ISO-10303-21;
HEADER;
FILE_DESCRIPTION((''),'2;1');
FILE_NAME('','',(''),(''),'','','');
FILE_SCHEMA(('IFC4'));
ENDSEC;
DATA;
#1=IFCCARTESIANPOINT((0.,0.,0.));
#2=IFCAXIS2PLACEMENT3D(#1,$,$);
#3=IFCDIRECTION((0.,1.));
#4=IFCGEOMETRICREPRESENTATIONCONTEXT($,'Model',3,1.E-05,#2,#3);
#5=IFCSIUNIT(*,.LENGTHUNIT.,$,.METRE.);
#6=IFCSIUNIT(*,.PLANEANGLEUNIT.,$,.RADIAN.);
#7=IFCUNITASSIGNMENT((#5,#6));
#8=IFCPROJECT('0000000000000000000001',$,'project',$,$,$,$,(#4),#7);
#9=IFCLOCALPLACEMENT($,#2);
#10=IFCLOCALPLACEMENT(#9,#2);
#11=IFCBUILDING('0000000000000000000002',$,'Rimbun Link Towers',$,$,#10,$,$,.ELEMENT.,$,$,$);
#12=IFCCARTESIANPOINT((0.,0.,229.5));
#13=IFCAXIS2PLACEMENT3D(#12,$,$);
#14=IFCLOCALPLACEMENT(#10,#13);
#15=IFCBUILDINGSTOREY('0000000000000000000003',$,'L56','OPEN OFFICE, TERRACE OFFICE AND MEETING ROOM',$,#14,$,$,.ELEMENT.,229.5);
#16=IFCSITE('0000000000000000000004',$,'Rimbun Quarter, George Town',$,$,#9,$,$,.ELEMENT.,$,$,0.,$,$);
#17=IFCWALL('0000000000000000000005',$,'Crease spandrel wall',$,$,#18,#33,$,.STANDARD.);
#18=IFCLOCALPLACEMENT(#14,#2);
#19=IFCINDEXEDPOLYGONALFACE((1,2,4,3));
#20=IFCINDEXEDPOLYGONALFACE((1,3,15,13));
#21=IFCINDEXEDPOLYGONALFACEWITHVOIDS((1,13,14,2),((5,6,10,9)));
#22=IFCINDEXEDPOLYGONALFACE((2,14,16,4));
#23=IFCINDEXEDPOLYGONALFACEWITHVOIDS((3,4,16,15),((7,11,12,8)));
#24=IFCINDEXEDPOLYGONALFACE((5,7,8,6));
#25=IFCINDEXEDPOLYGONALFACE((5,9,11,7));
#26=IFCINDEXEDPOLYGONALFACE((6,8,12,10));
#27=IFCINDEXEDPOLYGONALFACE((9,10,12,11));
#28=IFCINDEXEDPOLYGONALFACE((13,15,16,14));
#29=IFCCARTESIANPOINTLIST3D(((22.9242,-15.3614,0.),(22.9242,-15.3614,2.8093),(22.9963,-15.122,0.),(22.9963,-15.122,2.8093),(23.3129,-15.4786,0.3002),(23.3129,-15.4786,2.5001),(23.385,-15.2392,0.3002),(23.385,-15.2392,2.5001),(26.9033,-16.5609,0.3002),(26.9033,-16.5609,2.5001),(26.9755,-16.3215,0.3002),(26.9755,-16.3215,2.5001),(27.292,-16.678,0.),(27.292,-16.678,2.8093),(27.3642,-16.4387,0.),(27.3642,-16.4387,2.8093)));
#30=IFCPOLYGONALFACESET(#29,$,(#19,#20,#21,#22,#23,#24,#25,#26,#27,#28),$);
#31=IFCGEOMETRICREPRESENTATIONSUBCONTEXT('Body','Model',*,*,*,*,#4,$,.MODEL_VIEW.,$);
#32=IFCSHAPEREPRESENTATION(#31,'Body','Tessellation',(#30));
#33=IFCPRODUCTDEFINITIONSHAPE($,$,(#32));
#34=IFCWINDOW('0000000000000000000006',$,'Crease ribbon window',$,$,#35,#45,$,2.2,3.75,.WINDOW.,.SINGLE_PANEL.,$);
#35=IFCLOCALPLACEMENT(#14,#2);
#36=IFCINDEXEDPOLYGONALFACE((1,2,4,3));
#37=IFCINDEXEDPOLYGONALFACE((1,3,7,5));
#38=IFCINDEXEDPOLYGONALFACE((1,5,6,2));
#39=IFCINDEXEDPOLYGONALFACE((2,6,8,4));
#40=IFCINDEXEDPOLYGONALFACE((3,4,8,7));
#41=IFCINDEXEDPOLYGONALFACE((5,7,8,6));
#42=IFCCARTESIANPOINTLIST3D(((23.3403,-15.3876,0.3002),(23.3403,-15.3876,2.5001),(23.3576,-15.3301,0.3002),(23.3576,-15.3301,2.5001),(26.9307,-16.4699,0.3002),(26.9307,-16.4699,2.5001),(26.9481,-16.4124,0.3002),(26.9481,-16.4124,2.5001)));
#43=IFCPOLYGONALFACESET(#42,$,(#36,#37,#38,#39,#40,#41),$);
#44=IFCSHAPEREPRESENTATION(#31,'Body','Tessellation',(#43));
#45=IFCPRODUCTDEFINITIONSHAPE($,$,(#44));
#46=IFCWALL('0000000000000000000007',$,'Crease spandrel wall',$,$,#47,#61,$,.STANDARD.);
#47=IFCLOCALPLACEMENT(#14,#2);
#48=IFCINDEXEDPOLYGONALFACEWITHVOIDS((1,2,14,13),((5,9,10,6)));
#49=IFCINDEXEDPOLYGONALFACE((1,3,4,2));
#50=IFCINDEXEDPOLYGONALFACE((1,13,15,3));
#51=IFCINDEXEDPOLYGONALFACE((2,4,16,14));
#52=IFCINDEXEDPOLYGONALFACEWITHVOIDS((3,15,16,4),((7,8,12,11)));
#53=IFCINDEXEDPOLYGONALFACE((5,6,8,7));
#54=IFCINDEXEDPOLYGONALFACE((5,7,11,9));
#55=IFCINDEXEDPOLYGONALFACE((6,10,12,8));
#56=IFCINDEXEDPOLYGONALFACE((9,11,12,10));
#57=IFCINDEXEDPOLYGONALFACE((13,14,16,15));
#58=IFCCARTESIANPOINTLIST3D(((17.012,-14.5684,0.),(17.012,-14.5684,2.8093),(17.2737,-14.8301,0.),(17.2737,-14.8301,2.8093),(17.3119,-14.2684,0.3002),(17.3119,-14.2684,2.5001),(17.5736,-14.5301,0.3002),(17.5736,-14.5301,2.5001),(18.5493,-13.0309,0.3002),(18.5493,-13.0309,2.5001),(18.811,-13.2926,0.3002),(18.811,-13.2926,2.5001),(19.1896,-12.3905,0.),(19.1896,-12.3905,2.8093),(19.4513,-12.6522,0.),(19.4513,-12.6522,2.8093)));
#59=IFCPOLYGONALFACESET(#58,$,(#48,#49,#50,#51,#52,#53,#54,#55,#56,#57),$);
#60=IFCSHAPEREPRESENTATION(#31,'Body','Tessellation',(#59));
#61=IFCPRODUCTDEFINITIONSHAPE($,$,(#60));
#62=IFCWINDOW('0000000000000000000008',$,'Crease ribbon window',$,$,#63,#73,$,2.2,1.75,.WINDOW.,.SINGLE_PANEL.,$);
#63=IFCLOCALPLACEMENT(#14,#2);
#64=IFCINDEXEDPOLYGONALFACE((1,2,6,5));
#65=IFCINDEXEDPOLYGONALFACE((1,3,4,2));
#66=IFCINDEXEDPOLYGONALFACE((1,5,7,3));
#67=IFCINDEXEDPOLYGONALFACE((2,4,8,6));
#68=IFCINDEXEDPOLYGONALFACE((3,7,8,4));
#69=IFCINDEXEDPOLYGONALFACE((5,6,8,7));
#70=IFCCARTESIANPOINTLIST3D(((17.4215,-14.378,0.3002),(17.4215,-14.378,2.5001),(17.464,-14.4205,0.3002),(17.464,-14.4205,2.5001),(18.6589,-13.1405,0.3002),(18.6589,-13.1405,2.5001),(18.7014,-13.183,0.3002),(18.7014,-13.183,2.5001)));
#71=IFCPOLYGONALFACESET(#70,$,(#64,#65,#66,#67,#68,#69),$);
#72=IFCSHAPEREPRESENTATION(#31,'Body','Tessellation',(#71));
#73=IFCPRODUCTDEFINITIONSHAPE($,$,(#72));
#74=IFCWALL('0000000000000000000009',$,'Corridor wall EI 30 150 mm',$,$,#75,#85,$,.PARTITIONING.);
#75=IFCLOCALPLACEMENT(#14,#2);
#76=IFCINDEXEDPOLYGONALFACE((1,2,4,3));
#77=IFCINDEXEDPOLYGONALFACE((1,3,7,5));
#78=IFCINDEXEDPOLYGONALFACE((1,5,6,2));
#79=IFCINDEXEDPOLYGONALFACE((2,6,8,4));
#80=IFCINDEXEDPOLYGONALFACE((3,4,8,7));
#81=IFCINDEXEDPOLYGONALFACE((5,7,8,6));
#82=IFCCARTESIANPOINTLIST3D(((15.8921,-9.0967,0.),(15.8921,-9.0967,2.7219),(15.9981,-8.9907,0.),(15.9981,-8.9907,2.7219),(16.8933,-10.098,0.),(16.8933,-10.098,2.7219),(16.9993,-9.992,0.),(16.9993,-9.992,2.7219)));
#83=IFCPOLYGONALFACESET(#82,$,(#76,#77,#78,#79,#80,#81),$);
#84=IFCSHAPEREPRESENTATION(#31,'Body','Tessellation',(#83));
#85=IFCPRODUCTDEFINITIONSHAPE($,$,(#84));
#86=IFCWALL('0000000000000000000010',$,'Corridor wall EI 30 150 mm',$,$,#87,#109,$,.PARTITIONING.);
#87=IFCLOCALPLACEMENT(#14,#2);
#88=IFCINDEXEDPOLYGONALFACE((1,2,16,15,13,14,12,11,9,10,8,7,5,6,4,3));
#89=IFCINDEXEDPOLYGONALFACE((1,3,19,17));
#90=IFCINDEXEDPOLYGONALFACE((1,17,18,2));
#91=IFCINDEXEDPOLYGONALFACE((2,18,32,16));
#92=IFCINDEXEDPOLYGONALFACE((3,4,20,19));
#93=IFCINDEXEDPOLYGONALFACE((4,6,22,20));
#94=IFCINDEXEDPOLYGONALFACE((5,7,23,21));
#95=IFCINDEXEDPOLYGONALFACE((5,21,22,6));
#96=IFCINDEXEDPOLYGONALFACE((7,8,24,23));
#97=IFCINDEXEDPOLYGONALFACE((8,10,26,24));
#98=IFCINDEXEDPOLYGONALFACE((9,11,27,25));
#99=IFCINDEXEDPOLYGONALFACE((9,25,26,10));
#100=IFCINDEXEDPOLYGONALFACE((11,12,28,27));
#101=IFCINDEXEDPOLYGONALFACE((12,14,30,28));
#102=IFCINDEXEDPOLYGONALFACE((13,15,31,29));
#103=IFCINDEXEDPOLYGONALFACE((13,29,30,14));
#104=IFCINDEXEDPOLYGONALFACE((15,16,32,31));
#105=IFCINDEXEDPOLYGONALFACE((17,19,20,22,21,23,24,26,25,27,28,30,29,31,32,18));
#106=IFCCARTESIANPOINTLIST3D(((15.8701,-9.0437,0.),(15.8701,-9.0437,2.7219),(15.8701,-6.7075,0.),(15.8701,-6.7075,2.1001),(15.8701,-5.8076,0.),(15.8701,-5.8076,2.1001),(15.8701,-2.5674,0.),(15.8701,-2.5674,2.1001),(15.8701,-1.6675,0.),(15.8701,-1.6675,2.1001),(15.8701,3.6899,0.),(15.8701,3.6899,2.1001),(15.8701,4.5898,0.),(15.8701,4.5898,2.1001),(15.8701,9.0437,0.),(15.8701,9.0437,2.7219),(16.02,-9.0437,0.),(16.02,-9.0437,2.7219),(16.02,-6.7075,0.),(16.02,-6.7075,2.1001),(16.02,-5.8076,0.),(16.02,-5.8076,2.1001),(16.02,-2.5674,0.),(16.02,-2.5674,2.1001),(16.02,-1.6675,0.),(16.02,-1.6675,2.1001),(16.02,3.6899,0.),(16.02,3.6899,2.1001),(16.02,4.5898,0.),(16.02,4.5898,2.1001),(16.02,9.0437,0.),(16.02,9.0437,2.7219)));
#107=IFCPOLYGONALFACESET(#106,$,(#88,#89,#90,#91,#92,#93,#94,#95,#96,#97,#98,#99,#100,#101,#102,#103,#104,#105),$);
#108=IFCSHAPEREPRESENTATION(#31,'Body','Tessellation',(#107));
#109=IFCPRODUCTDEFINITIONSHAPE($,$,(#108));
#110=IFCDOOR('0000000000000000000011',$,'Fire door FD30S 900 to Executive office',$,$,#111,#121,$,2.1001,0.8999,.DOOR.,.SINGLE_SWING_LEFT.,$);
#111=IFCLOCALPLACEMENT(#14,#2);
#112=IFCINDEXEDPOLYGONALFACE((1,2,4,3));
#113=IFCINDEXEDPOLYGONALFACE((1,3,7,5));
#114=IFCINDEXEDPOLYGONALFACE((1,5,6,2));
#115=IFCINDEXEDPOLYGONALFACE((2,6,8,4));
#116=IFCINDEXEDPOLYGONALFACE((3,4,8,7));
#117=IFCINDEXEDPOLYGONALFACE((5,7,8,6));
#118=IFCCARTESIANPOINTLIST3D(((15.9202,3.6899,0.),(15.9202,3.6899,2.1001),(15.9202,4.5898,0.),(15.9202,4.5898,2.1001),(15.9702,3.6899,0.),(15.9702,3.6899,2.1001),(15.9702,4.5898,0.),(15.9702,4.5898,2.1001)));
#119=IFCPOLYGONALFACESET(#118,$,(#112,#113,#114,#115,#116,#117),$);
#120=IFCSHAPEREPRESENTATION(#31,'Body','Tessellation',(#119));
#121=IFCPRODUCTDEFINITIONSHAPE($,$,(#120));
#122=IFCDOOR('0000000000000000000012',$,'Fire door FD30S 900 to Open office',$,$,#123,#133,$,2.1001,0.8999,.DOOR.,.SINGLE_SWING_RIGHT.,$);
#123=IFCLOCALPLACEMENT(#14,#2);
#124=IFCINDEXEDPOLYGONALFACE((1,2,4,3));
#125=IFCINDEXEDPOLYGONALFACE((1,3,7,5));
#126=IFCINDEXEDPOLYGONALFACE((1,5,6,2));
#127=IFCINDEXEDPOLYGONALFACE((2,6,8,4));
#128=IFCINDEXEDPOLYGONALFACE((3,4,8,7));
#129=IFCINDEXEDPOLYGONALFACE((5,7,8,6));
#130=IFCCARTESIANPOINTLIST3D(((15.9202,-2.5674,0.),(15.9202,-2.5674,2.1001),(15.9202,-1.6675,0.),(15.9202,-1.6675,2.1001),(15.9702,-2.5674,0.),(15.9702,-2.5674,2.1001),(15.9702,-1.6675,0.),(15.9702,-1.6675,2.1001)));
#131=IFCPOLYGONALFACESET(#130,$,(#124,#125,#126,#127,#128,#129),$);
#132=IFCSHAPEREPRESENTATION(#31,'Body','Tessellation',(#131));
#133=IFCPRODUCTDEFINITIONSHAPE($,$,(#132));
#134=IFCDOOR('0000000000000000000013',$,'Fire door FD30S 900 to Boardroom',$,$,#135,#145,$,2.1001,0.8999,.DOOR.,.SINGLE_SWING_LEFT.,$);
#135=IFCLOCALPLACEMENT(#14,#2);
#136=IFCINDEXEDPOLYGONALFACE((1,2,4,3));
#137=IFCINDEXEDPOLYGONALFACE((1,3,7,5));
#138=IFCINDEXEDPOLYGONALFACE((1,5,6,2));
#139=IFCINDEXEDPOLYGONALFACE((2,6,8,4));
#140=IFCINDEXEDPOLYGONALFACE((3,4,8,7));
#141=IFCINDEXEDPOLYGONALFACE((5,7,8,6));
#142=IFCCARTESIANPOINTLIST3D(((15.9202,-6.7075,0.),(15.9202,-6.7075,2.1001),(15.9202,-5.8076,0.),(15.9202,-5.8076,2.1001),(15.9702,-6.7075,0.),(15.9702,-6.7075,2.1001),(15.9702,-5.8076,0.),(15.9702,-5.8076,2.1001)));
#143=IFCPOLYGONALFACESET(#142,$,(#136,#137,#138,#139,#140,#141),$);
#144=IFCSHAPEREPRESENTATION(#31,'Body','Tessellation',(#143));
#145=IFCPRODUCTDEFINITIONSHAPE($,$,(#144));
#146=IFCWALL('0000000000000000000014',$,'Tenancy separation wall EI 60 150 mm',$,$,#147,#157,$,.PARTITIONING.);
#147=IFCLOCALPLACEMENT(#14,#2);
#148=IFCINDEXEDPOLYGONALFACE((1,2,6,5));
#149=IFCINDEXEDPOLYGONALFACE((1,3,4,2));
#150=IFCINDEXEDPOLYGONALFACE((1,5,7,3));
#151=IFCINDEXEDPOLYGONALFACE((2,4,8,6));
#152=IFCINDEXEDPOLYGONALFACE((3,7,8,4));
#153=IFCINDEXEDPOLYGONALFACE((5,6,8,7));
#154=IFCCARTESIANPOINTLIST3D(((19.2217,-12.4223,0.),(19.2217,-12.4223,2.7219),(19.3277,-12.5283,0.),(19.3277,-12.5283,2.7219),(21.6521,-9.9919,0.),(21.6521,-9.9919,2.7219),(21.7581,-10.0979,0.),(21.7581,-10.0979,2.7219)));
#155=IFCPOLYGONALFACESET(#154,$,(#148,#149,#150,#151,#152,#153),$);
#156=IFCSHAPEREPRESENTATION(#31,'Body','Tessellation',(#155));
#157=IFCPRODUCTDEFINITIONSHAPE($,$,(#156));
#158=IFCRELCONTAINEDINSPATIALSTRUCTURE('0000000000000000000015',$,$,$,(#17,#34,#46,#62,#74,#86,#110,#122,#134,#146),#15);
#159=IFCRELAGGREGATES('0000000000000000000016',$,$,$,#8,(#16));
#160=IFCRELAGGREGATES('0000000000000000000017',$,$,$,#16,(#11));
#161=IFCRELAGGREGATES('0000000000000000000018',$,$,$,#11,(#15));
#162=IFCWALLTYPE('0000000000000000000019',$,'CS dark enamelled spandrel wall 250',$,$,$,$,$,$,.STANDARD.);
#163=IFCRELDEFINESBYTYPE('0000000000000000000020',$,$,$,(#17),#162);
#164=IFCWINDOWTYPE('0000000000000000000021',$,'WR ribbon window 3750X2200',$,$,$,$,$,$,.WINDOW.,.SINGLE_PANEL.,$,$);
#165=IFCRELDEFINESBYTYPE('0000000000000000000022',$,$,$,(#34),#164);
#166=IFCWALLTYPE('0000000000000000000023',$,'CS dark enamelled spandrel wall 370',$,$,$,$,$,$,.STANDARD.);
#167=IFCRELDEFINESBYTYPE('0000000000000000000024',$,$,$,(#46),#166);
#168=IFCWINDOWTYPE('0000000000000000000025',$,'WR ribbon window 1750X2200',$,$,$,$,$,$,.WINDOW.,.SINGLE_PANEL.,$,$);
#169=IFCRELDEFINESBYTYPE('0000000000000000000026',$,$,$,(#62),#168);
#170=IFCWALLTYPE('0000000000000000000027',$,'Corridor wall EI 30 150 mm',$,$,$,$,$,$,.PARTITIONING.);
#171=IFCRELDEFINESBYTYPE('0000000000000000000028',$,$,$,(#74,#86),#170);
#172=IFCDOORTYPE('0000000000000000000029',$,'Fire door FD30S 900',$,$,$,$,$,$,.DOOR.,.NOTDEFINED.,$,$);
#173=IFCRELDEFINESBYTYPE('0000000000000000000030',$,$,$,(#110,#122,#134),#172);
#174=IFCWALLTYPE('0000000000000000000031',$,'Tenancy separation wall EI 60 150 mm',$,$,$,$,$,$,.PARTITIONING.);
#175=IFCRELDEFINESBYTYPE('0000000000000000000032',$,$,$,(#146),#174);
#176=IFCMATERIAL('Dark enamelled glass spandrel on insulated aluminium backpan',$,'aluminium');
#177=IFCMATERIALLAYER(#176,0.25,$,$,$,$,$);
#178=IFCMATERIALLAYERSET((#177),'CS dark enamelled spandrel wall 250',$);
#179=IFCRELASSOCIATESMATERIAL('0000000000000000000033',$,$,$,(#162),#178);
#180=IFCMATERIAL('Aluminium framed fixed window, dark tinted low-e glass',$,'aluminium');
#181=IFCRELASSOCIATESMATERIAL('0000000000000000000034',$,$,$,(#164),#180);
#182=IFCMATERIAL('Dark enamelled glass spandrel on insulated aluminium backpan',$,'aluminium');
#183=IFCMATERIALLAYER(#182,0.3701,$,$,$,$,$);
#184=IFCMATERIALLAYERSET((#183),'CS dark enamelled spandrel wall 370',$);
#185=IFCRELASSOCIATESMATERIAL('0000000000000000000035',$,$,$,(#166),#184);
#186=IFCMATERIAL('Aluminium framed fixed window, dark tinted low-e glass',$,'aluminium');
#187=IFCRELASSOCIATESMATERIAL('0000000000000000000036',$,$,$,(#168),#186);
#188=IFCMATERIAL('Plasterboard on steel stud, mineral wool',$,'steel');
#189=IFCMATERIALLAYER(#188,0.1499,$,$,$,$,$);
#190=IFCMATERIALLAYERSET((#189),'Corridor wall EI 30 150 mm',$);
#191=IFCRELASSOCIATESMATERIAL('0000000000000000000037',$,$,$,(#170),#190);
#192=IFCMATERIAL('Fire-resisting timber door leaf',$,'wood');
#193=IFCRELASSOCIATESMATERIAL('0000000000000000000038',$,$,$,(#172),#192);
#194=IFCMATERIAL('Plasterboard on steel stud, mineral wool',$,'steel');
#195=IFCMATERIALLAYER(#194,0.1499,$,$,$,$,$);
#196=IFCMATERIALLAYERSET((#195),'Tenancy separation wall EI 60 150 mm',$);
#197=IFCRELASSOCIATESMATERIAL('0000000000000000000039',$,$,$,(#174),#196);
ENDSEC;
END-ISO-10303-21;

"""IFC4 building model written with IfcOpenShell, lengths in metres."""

from ifc_helpers import new_model, si_unit, direction, frame, frame_2d, origin, place, context, subcontext, project, spatial, rectangle, extrude, material, layer, layer_set, type_object, element, fill, save


model = new_model("IFC4")

# Units and contexts
model_context = context("Model", 3, precision=1e-05, world=origin(), true_north=direction((0.0, 1.0)))
body_context = subcontext(model_context, "Body", "Model", "MODEL_VIEW")
ifc_project = project(units=[si_unit("LENGTHUNIT", "METRE"), si_unit("PLANEANGLEUNIT", "RADIAN")], contexts=[model_context])

# Site, building, storey
site_placement = place(None, origin())
site = spatial("IfcSite", under=ifc_project, at=site_placement, Name="Rimbun Quarter, George Town", CompositionType="ELEMENT", RefElevation=0.0)
building_placement = place(site_placement, origin())
building = spatial("IfcBuilding", under=site, at=building_placement, Name="Rimbun Link Towers", CompositionType="ELEMENT")
storey_placement = place(building_placement, frame((0.0, 0.0, 229.5)))
storey = spatial("IfcBuildingStorey", under=building, at=storey_placement, Name="L56", Description="OPEN OFFICE, TERRACE OFFICE AND MEETING ROOM", CompositionType="ELEMENT", Elevation=229.5)

# Walls, openings, windows
ifc_material_1 = material(Name="Dark enamelled glass spandrel on insulated aluminium backpan", Category="aluminium")
ifc_layer_1 = layer(ifc_material_1, 0.25)
ifc_layer_set_1 = layer_set([ifc_layer_1], Name="CS dark enamelled spandrel wall 250")
wall_type_1 = type_object("IfcWallType", Name="CS dark enamelled spandrel wall 250", PredefinedType="STANDARD", material=ifc_layer_set_1)
wall_1_placement = place(storey_placement, frame((27.3281, -16.5583, 0.0), z_axis=(0.0, 0.0, 1.0), x_axis=(-0.957447, 0.288609, 0.0)))
wall_1 = element("IfcWall", 1, at=wall_1_placement, inside=storey, type_object=wall_type_1, Name="Crease spandrel wall", PredefinedType="STANDARD", context=body_context, shape_type="SweptSolid", body=[
    extrude(rectangle(XDim=4.562, YDim=0.25, at=frame_2d((2.281, 0.0))), origin(), (0.0, 0.0, 1.0), 2.8093),
])
opening_1_placement = place(wall_1_placement, frame((0.406, 0.0, 0.3)))
opening_1 = element("IfcOpeningElement", 2, at=opening_1_placement, cuts=wall_1, PredefinedType="OPENING", context=body_context, shape_type="SweptSolid", body=[
    extrude(rectangle(XDim=3.75, YDim=2.2, at=frame_2d((1.875, 1.1001))), frame((0.0, 0.135, 0.0), z_axis=(0.0, -1.0, 0.0), x_axis=(1.0, 0.0, 0.0)), (0.0, 0.0, 1.0), 0.27),
])
ifc_material_2 = material(Name="Aluminium framed fixed window, dark tinted low-e glass", Category="aluminium")
window_type_1 = type_object("IfcWindowType", Name="WR ribbon window 3750X2200", PartitioningType="SINGLE_PANEL", PredefinedType="WINDOW", material=ifc_material_2)
window_1_placement = place(opening_1_placement, origin())
window_1 = element("IfcWindow", 3, at=window_1_placement, inside=storey, type_object=window_type_1, Name="Crease ribbon window", OverallHeight=2.2, OverallWidth=3.75, PartitioningType="SINGLE_PANEL", PredefinedType="WINDOW", context=body_context, shape_type="SweptSolid", body=[
    extrude(rectangle(XDim=3.75, YDim=2.2, at=frame_2d((1.875, 1.1001))), frame((0.0, 0.03, 0.0), z_axis=(0.0, -1.0, 0.0), x_axis=(1.0, 0.0, 0.0)), (0.0, 0.0, 1.0), 0.0601),
])
fill(opening_1, window_1)
ifc_material_3 = material(Name="Dark enamelled glass spandrel on insulated aluminium backpan", Category="aluminium")
ifc_layer_2 = layer(ifc_material_3, 0.3701)
ifc_layer_set_2 = layer_set([ifc_layer_2], Name="CS dark enamelled spandrel wall 370")
wall_type_2 = type_object("IfcWallType", Name="CS dark enamelled spandrel wall 370", PredefinedType="STANDARD", material=ifc_layer_set_2)
wall_2_placement = place(storey_placement, frame((19.3206, -12.5212, 0.0), z_axis=(0.0, 0.0, 1.0), x_axis=(-0.707067, -0.707146, 0.0)))
wall_2 = element("IfcWall", 4, at=wall_2_placement, inside=storey, type_object=wall_type_2, Name="Crease spandrel wall", PredefinedType="STANDARD", context=body_context, shape_type="SweptSolid", body=[
    extrude(rectangle(XDim=3.0798, YDim=0.3701, at=frame_2d((1.54, 0.0))), origin(), (0.0, 0.0, 1.0), 2.8093),
])
opening_2_placement = place(wall_2_placement, frame((0.9058, 0.0, 0.3)))
opening_2 = element("IfcOpeningElement", 5, at=opening_2_placement, cuts=wall_2, PredefinedType="OPENING", context=body_context, shape_type="SweptSolid", body=[
    extrude(rectangle(XDim=1.75, YDim=2.2, at=frame_2d((0.875, 1.1001))), frame((0.0, 0.1951, 0.0), z_axis=(0.0, -1.0, 0.0), x_axis=(1.0, 0.0, 0.0)), (0.0, 0.0, 1.0), 0.3901),
])
ifc_material_4 = material(Name="Aluminium framed fixed window, dark tinted low-e glass", Category="aluminium")
window_type_2 = type_object("IfcWindowType", Name="WR ribbon window 1750X2200", PartitioningType="SINGLE_PANEL", PredefinedType="WINDOW", material=ifc_material_4)
window_2_placement = place(opening_2_placement, origin())
window_2 = element("IfcWindow", 6, at=window_2_placement, inside=storey, type_object=window_type_2, Name="Crease ribbon window", OverallHeight=2.2, OverallWidth=1.75, PartitioningType="SINGLE_PANEL", PredefinedType="WINDOW", context=body_context, shape_type="SweptSolid", body=[
    extrude(rectangle(XDim=1.75, YDim=2.2, at=frame_2d((0.875, 1.1001))), frame((0.0, 0.03, 0.0), z_axis=(0.0, -1.0, 0.0), x_axis=(1.0, 0.0, 0.0)), (0.0, 0.0, 1.0), 0.0601),
])
fill(opening_2, window_2)

# Wall
ifc_material_5 = material(Name="Plasterboard on steel stud, mineral wool", Category="steel")
ifc_layer_3 = layer(ifc_material_5, 0.1499)
ifc_layer_set_3 = layer_set([ifc_layer_3], Name="Corridor wall EI 30 150 mm")
wall_type_3 = type_object("IfcWallType", Name="Corridor wall EI 30 150 mm", PredefinedType="PARTITIONING", material=ifc_layer_set_3)
wall_3_placement = place(storey_placement, frame((15.9451, -9.0437, 0.0), z_axis=(0.0, 0.0, 1.0), x_axis=(0.707107, -0.707107, 0.0)))
element("IfcWall", 7, at=wall_3_placement, inside=storey, type_object=wall_type_3, Name="Corridor wall EI 30 150 mm", PredefinedType="PARTITIONING", context=body_context, shape_type="SweptSolid", body=[
    extrude(rectangle(XDim=1.416, YDim=0.1499, at=frame_2d((0.708, 0.0))), origin(), (0.0, 0.0, 1.0), 2.7219),
])

# Wall, openings, doors
wall_4_placement = place(storey_placement, frame((15.9451, -9.0437, 0.0), z_axis=(0.0, 0.0, 1.0), x_axis=(0.0, 1.0, 0.0)))
wall_4 = element("IfcWall", 8, at=wall_4_placement, inside=storey, type_object=wall_type_3, Name="Corridor wall EI 30 150 mm", PredefinedType="PARTITIONING", context=body_context, shape_type="SweptSolid", body=[
    extrude(rectangle(XDim=18.0874, YDim=0.1499, at=frame_2d((9.0437, 0.0))), origin(), (0.0, 0.0, 1.0), 2.7219),
])
opening_3_placement = place(wall_4_placement, frame((12.7336, 0.0, 0.0)))
opening_3 = element("IfcOpeningElement", 9, at=opening_3_placement, cuts=wall_4, PredefinedType="OPENING", context=body_context, shape_type="SweptSolid", body=[
    extrude(rectangle(XDim=0.8999, YDim=2.1001, at=frame_2d((0.45, 1.05))), frame((0.0, 0.085, 0.0), z_axis=(0.0, -1.0, 0.0), x_axis=(1.0, 0.0, 0.0)), (0.0, 0.0, 1.0), 0.1699),
])
opening_4_placement = place(wall_4_placement, frame((6.4763, 0.0, 0.0)))
opening_4 = element("IfcOpeningElement", 10, at=opening_4_placement, cuts=wall_4, PredefinedType="OPENING", context=body_context, shape_type="SweptSolid", body=[
    extrude(rectangle(XDim=0.8999, YDim=2.1001, at=frame_2d((0.45, 1.05))), frame((0.0, 0.085, 0.0), z_axis=(0.0, -1.0, 0.0), x_axis=(1.0, 0.0, 0.0)), (0.0, 0.0, 1.0), 0.1699),
])
opening_5_placement = place(wall_4_placement, frame((2.3362, 0.0, 0.0)))
opening_5 = element("IfcOpeningElement", 11, at=opening_5_placement, cuts=wall_4, PredefinedType="OPENING", context=body_context, shape_type="SweptSolid", body=[
    extrude(rectangle(XDim=0.8999, YDim=2.1001, at=frame_2d((0.45, 1.05))), frame((0.0, 0.085, 0.0), z_axis=(0.0, -1.0, 0.0), x_axis=(1.0, 0.0, 0.0)), (0.0, 0.0, 1.0), 0.1699),
])
ifc_material_6 = material(Name="Fire-resisting timber door leaf", Category="wood")
door_type = type_object("IfcDoorType", Name="Fire door FD30S 900", OperationType="NOTDEFINED", PredefinedType="DOOR", material=ifc_material_6)
door_1_placement = place(opening_3_placement, origin())
door_1 = element("IfcDoor", 12, at=door_1_placement, inside=storey, type_object=door_type, Name="Fire door FD30S 900 to Executive office", OperationType="SINGLE_SWING_LEFT", OverallHeight=2.1001, OverallWidth=0.8999, PredefinedType="DOOR", context=body_context, shape_type="SweptSolid", body=[
    extrude(rectangle(XDim=0.8999, YDim=2.1001, at=frame_2d((0.45, 1.05))), frame((0.0, 0.0249, 0.0), z_axis=(0.0, -1.0, 0.0), x_axis=(1.0, 0.0, 0.0)), (0.0, 0.0, 1.0), 0.05),
])
fill(opening_3, door_1)
door_2_placement = place(opening_4_placement, origin())
door_2 = element("IfcDoor", 13, at=door_2_placement, inside=storey, type_object=door_type, Name="Fire door FD30S 900 to Open office", OperationType="SINGLE_SWING_RIGHT", OverallHeight=2.1001, OverallWidth=0.8999, PredefinedType="DOOR", context=body_context, shape_type="SweptSolid", body=[
    extrude(rectangle(XDim=0.8999, YDim=2.1001, at=frame_2d((0.45, 1.05))), frame((0.0, 0.0249, 0.0), z_axis=(0.0, -1.0, 0.0), x_axis=(1.0, 0.0, 0.0)), (0.0, 0.0, 1.0), 0.05),
])
fill(opening_4, door_2)
door_3_placement = place(opening_5_placement, origin())
door_3 = element("IfcDoor", 14, at=door_3_placement, inside=storey, type_object=door_type, Name="Fire door FD30S 900 to Boardroom", OperationType="SINGLE_SWING_LEFT", OverallHeight=2.1001, OverallWidth=0.8999, PredefinedType="DOOR", context=body_context, shape_type="SweptSolid", body=[
    extrude(rectangle(XDim=0.8999, YDim=2.1001, at=frame_2d((0.45, 1.05))), frame((0.0, 0.0249, 0.0), z_axis=(0.0, -1.0, 0.0), x_axis=(1.0, 0.0, 0.0)), (0.0, 0.0, 1.0), 0.05),
])
fill(opening_5, door_3)

# Wall
ifc_material_7 = material(Name="Plasterboard on steel stud, mineral wool", Category="steel")
ifc_layer_4 = layer(ifc_material_7, 0.1499)
ifc_layer_set_4 = layer_set([ifc_layer_4], Name="Tenancy separation wall EI 60 150 mm")
wall_type_4 = type_object("IfcWallType", Name="Tenancy separation wall EI 60 150 mm", PredefinedType="PARTITIONING", material=ifc_layer_set_4)
wall_5_placement = place(storey_placement, frame((21.7051, -10.0449, 0.0), z_axis=(0.0, 0.0, 1.0), x_axis=(-0.707107, -0.707107, 0.0)))
element("IfcWall", 15, at=wall_5_placement, inside=storey, type_object=wall_type_4, Name="Tenancy separation wall EI 60 150 mm", PredefinedType="PARTITIONING", context=body_context, shape_type="SweptSolid", body=[
    extrude(rectangle(XDim=3.437, YDim=0.1499, at=frame_2d((1.7185, 0.0))), origin(), (0.0, 0.0, 1.0), 2.7219),
])

save(model, "model.ifc")
